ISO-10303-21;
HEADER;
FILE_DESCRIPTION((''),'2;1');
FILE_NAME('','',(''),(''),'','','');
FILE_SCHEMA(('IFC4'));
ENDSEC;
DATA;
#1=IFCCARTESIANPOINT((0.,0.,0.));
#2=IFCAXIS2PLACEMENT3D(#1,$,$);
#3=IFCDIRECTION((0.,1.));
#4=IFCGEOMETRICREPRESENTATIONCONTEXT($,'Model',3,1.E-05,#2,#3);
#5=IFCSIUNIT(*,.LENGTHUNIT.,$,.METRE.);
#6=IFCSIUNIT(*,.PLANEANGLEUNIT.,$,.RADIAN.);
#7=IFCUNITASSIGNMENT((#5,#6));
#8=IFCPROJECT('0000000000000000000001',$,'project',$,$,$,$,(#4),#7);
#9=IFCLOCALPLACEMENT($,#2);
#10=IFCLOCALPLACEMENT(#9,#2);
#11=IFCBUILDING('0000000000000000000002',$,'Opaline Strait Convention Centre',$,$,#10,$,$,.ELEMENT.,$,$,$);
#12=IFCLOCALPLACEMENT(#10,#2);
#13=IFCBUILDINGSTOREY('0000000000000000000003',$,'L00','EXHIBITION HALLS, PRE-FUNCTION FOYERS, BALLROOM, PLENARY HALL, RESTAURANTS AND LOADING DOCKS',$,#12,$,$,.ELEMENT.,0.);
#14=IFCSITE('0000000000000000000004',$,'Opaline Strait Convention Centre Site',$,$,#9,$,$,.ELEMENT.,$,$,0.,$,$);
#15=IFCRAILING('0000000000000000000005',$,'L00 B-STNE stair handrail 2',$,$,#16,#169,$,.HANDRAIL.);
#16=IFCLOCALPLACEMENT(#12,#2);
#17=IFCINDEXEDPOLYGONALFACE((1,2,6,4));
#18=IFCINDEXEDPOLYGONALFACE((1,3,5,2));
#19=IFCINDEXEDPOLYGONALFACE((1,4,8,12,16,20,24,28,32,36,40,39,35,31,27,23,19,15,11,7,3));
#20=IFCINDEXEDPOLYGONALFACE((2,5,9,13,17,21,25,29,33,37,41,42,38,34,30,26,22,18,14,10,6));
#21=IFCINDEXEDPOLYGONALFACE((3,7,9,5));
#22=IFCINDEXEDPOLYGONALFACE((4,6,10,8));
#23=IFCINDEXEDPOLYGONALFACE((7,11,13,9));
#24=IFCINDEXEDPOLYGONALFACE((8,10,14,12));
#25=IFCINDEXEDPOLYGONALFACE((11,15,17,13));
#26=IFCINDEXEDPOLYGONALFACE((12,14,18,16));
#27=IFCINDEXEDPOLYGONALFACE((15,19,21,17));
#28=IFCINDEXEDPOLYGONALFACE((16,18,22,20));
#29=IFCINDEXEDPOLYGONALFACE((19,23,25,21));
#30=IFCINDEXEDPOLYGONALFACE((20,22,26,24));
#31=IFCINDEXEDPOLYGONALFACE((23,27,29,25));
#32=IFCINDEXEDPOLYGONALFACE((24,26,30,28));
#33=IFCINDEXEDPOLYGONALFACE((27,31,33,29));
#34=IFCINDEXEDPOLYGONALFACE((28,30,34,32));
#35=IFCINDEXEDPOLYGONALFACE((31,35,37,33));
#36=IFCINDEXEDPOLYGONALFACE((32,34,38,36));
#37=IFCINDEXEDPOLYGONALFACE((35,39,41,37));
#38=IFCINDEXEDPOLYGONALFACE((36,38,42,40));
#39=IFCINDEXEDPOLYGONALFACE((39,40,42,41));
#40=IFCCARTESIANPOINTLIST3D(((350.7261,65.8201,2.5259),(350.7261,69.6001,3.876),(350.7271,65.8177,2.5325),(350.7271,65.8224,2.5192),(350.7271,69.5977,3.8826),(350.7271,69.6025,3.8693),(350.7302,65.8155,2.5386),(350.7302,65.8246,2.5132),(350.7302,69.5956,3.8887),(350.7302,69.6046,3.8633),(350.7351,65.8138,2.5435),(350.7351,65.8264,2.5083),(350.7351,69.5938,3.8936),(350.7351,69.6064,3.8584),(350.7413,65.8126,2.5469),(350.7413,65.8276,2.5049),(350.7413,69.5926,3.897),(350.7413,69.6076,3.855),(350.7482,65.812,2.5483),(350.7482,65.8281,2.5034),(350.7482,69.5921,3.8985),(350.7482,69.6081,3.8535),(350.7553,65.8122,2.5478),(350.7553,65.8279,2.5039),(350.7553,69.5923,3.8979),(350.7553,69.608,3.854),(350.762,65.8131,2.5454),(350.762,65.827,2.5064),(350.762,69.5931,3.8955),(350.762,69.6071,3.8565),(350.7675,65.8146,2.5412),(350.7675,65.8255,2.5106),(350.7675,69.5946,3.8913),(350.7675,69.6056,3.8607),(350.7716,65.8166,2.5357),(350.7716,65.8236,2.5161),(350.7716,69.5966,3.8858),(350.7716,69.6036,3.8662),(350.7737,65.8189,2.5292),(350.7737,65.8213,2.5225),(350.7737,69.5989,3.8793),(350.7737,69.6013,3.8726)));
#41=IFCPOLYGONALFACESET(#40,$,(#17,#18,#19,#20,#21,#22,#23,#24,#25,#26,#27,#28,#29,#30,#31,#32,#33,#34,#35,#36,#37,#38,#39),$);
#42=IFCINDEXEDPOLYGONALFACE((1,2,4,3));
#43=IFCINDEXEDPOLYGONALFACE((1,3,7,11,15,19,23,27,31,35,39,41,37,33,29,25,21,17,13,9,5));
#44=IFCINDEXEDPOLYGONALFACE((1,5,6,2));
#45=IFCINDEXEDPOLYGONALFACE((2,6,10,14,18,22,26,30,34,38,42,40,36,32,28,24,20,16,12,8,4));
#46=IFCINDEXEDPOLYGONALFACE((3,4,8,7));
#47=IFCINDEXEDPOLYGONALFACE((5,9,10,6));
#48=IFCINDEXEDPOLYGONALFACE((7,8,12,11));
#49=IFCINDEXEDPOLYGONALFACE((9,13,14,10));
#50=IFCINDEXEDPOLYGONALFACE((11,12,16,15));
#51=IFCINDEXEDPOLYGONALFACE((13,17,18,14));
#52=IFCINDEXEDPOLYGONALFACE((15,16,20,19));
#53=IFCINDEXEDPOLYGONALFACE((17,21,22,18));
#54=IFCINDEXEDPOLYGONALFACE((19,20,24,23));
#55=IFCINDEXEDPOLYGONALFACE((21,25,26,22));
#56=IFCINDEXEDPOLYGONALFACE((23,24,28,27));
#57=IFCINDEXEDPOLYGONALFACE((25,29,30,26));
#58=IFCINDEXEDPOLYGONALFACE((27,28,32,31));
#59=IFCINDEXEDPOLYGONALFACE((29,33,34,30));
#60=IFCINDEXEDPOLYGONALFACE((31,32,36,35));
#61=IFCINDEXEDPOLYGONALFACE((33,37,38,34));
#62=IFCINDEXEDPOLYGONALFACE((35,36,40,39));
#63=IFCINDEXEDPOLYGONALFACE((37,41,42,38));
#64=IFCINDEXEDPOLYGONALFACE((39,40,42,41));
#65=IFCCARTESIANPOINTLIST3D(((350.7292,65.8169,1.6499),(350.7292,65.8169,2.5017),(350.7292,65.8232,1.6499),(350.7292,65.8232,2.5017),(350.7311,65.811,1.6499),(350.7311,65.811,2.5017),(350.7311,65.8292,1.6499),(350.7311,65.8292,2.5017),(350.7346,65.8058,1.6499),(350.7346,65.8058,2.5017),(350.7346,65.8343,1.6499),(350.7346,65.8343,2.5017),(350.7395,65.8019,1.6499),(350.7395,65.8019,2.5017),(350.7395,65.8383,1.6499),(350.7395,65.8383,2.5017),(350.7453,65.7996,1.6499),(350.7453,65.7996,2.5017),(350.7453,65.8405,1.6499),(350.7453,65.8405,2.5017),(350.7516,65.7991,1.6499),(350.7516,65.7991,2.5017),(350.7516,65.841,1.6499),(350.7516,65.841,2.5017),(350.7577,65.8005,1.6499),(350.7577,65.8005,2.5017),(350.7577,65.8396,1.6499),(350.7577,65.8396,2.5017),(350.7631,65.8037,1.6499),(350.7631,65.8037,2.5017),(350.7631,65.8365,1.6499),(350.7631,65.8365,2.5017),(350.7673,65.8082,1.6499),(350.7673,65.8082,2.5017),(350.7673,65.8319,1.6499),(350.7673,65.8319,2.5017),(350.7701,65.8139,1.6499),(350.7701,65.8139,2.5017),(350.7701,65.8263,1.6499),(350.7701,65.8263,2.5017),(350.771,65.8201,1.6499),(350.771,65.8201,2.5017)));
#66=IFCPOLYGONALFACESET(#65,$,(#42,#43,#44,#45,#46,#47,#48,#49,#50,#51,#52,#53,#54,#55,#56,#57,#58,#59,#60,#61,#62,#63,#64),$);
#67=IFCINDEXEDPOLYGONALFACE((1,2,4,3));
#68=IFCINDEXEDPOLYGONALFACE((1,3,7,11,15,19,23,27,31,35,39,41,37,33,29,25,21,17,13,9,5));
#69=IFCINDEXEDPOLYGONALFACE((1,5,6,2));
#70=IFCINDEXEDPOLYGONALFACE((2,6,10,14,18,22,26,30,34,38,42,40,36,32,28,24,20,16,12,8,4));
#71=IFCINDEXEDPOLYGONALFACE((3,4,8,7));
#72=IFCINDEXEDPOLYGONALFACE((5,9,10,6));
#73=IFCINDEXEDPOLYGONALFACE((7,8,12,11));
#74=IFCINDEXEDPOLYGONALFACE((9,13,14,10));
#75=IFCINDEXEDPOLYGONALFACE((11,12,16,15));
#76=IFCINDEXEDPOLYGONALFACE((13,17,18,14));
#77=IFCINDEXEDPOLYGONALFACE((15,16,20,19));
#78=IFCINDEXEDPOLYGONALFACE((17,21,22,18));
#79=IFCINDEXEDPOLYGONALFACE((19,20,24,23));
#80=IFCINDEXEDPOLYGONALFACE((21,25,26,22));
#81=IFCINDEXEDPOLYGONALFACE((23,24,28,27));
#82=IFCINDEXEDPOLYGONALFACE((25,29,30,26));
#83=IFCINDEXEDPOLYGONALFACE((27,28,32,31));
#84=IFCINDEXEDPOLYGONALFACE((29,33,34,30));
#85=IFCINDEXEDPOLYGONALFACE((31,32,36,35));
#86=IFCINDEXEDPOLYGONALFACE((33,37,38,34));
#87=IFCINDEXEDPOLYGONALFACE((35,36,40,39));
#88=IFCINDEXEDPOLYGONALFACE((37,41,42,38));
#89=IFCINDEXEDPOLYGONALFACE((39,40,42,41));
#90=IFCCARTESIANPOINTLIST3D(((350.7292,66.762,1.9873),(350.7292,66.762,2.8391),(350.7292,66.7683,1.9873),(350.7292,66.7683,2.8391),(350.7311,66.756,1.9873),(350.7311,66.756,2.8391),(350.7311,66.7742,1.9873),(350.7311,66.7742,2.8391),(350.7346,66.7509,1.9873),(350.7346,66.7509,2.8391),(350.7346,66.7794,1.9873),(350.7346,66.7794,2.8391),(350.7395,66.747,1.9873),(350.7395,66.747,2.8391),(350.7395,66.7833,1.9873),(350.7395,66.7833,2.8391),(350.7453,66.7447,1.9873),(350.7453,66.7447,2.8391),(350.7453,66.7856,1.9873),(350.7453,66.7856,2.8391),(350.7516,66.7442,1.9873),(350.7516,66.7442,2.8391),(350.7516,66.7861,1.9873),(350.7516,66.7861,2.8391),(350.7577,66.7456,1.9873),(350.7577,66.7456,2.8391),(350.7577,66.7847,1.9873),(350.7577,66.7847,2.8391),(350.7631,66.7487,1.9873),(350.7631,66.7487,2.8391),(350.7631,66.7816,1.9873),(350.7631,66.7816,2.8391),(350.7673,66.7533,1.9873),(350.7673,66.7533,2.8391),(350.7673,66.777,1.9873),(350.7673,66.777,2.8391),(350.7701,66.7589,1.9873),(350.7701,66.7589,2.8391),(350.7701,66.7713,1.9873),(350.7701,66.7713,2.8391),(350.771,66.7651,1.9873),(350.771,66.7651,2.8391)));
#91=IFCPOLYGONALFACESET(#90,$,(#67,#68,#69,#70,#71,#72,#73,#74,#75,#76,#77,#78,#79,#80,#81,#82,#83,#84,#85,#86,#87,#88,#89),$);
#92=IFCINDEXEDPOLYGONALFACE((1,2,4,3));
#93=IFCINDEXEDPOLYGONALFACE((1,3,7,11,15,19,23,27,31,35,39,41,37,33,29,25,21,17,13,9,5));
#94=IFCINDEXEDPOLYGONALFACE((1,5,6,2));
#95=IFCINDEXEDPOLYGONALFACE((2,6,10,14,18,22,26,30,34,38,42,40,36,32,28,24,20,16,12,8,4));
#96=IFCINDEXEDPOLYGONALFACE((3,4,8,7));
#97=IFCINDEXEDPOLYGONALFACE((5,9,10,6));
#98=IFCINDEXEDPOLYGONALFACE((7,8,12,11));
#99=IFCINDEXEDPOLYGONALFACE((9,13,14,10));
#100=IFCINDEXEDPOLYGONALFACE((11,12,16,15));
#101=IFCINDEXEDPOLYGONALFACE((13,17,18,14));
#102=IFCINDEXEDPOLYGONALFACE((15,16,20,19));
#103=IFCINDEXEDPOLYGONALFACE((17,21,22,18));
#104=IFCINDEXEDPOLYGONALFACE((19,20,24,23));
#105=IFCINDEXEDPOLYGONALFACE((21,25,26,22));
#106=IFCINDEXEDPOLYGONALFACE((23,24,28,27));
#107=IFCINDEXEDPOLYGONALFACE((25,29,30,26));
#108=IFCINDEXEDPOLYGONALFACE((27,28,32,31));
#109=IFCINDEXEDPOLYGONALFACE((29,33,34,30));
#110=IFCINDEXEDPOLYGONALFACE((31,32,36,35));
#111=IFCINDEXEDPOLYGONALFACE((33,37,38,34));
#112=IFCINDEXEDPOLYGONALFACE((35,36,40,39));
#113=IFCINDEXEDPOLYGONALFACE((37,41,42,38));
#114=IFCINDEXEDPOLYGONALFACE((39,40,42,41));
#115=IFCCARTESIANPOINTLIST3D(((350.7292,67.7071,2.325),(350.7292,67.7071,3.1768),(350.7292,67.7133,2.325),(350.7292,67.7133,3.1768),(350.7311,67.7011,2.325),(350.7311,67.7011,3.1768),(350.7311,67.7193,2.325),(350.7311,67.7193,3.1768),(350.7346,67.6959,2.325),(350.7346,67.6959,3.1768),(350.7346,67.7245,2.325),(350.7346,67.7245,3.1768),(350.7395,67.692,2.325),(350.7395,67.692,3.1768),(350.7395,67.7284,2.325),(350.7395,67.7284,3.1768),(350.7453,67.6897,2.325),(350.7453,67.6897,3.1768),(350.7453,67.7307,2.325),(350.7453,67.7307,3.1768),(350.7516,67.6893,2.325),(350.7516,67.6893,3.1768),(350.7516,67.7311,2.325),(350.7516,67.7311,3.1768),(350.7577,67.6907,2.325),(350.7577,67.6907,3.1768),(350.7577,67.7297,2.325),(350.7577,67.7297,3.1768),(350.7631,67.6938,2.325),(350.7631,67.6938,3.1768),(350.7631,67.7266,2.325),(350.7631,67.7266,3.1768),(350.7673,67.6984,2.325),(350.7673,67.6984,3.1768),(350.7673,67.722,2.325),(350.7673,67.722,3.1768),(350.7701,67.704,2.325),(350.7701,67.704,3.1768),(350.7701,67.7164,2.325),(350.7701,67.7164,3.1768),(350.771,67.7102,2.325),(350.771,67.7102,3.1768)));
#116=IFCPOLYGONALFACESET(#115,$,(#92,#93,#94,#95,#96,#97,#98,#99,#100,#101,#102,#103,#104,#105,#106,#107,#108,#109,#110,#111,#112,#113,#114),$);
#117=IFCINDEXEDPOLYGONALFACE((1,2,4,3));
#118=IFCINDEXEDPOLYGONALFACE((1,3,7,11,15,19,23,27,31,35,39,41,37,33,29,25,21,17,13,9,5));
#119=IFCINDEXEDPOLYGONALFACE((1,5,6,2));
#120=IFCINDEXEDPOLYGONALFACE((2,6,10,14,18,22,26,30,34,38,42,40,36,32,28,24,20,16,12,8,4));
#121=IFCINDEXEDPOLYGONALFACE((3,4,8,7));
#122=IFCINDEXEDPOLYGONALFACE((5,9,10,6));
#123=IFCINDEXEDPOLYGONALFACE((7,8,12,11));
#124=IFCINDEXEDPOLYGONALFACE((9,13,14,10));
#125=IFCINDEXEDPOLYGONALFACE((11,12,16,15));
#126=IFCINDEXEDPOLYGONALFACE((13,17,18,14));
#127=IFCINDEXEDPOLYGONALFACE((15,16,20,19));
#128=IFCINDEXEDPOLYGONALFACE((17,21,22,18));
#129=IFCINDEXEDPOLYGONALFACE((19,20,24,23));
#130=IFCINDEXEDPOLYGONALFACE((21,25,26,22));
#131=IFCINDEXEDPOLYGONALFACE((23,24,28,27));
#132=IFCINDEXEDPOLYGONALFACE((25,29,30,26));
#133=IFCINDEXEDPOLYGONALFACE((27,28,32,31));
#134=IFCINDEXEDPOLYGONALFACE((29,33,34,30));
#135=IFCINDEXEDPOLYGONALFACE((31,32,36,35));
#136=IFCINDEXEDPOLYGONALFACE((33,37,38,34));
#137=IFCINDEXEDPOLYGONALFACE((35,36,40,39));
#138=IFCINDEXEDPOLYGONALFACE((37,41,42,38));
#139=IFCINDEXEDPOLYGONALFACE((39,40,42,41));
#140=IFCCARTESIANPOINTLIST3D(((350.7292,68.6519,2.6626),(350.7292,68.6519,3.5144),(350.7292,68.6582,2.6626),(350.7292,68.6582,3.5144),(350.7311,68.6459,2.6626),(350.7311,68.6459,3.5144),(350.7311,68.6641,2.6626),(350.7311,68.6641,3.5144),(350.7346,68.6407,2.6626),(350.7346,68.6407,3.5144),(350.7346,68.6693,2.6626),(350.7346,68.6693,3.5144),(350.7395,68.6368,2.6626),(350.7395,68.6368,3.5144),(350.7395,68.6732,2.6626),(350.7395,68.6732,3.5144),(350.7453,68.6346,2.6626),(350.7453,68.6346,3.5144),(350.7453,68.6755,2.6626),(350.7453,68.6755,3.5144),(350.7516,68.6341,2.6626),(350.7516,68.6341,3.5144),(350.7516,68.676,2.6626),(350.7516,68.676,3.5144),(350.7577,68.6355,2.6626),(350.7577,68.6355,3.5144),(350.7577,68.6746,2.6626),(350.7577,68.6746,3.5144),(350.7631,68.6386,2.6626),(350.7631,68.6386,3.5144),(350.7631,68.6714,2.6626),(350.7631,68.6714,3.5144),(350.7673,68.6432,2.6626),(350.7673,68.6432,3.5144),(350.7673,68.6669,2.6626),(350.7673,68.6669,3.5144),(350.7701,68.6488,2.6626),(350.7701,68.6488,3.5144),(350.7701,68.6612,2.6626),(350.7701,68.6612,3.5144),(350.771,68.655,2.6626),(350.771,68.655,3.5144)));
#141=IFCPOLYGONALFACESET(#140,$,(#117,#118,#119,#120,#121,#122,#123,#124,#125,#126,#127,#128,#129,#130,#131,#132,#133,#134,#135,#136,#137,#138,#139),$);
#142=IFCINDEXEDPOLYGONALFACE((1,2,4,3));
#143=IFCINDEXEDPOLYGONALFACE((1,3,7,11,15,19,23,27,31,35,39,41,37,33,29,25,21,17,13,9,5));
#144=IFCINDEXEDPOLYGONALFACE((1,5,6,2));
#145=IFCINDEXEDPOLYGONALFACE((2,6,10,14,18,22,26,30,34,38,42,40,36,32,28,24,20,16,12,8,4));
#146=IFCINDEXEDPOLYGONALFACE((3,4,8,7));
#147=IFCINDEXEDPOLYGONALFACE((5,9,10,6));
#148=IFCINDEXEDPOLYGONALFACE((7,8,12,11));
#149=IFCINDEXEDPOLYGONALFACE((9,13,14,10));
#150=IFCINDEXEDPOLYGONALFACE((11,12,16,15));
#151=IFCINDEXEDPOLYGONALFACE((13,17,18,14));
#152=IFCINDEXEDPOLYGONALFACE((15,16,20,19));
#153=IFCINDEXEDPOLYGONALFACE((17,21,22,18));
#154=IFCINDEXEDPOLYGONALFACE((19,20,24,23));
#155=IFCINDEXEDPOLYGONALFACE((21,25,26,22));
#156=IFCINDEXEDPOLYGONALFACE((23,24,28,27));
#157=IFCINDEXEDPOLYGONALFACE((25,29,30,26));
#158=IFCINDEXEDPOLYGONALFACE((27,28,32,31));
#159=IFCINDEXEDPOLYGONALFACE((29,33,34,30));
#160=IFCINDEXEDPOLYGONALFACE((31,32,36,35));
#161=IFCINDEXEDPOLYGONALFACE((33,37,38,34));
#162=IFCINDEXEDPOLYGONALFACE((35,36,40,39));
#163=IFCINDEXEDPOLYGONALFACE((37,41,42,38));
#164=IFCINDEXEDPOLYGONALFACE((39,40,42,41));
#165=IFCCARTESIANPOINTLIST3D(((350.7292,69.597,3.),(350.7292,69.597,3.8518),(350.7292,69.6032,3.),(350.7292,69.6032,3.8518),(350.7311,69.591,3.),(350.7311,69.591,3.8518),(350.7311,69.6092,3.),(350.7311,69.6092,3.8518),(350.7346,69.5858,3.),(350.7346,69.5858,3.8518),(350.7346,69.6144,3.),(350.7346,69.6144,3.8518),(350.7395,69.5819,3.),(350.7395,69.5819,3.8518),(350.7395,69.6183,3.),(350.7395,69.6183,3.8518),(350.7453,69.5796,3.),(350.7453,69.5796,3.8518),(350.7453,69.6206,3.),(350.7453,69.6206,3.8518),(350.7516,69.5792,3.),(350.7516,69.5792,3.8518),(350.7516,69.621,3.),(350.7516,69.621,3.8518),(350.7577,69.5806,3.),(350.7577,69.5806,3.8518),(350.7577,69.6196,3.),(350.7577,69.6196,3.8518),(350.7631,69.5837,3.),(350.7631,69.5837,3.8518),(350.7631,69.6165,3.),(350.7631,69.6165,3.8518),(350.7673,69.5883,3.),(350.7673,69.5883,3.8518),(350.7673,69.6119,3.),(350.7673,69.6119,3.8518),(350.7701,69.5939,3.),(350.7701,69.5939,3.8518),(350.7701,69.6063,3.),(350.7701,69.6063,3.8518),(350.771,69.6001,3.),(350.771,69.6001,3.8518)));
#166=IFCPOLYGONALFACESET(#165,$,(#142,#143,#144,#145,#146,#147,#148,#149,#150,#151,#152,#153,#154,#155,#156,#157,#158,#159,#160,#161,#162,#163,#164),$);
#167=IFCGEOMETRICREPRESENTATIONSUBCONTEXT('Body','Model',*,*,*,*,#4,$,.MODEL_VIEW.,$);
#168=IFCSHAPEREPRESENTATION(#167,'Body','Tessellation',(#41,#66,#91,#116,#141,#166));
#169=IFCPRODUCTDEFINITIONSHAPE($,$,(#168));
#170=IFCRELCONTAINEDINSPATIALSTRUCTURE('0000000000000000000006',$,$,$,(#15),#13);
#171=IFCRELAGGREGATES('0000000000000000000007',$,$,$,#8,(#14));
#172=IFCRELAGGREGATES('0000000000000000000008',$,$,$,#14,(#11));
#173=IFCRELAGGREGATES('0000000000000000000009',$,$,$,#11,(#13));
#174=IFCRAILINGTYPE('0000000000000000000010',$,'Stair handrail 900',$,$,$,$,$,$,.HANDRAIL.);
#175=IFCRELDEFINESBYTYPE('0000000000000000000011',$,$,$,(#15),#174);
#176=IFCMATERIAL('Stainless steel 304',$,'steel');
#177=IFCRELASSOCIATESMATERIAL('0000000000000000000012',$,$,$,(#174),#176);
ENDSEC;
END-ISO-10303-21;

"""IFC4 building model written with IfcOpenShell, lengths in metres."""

from ifc_helpers import new_model, si_unit, direction, frame, origin, origin_2d, place, context, subcontext, project, spatial, circle, extrude, material, type_object, element, save


model = new_model("IFC4")

# Units and contexts
model_context = context("Model", 3, precision=1e-05, world=origin(), true_north=direction((0.0, 1.0)))
body_context = subcontext(model_context, "Body", "Model", "MODEL_VIEW")
ifc_project = project(units=[si_unit("LENGTHUNIT", "METRE"), si_unit("PLANEANGLEUNIT", "RADIAN")], contexts=[model_context])

# Site, building, storey
site_placement = place(None, origin())
site = spatial("IfcSite", under=ifc_project, at=site_placement, Name="Opaline Strait Convention Centre Site", CompositionType="ELEMENT", RefElevation=0.0)
building_placement = place(site_placement, origin())
building = spatial("IfcBuilding", under=site, at=building_placement, Name="Opaline Strait Convention Centre", CompositionType="ELEMENT")
storey_placement = place(building_placement, origin())
storey = spatial("IfcBuildingStorey", under=building, at=storey_placement, Name="L00", Description="EXHIBITION HALLS, PRE-FUNCTION FOYERS, BALLROOM, PLENARY HALL, RESTAURANTS AND LOADING DOCKS", CompositionType="ELEMENT", Elevation=0.0)

# Railing
ifc_material_1 = material(Name="Stainless steel 304", Category="steel")
railing_type = type_object("IfcRailingType", Name="Stair handrail 900", PredefinedType="HANDRAIL", material=ifc_material_1)
for number, where, name in (
    (1, (350.75, 65.8201, 1.6499), "L00 B-STNE stair handrail 2"),
):
    element("IfcRailing", number, at=place(storey_placement, frame(where)), inside=storey, type_object=railing_type, Name=name, PredefinedType="HANDRAIL", context=body_context, shape_type="SweptSolid", body=[
        extrude(circle(Radius=0.0239, at=origin_2d()), frame((0.0, 0.0, 0.876), z_axis=(0.0, 0.941735, 0.336356), x_axis=(-1.0, 0.0, 0.0)), (0.0, 0.0, 1.0), 4.0139),
        extrude(circle(Radius=0.021, at=origin_2d()), origin(), (0.0, 0.0, 1.0), 0.8518),
        extrude(circle(Radius=0.021, at=origin_2d()), frame((0.0, 0.9451, 0.3374)), (0.0, 0.0, 1.0), 0.8518),
        extrude(circle(Radius=0.021, at=origin_2d()), frame((0.0, 1.8901, 0.675)), (0.0, 0.0, 1.0), 0.8518),
        extrude(circle(Radius=0.021, at=origin_2d()), frame((0.0, 2.835, 1.0127)), (0.0, 0.0, 1.0), 0.8518),
        extrude(circle(Radius=0.021, at=origin_2d()), frame((0.0, 3.78, 1.3501)), (0.0, 0.0, 1.0), 0.8518),
    ])

save(model, "model.ifc")
